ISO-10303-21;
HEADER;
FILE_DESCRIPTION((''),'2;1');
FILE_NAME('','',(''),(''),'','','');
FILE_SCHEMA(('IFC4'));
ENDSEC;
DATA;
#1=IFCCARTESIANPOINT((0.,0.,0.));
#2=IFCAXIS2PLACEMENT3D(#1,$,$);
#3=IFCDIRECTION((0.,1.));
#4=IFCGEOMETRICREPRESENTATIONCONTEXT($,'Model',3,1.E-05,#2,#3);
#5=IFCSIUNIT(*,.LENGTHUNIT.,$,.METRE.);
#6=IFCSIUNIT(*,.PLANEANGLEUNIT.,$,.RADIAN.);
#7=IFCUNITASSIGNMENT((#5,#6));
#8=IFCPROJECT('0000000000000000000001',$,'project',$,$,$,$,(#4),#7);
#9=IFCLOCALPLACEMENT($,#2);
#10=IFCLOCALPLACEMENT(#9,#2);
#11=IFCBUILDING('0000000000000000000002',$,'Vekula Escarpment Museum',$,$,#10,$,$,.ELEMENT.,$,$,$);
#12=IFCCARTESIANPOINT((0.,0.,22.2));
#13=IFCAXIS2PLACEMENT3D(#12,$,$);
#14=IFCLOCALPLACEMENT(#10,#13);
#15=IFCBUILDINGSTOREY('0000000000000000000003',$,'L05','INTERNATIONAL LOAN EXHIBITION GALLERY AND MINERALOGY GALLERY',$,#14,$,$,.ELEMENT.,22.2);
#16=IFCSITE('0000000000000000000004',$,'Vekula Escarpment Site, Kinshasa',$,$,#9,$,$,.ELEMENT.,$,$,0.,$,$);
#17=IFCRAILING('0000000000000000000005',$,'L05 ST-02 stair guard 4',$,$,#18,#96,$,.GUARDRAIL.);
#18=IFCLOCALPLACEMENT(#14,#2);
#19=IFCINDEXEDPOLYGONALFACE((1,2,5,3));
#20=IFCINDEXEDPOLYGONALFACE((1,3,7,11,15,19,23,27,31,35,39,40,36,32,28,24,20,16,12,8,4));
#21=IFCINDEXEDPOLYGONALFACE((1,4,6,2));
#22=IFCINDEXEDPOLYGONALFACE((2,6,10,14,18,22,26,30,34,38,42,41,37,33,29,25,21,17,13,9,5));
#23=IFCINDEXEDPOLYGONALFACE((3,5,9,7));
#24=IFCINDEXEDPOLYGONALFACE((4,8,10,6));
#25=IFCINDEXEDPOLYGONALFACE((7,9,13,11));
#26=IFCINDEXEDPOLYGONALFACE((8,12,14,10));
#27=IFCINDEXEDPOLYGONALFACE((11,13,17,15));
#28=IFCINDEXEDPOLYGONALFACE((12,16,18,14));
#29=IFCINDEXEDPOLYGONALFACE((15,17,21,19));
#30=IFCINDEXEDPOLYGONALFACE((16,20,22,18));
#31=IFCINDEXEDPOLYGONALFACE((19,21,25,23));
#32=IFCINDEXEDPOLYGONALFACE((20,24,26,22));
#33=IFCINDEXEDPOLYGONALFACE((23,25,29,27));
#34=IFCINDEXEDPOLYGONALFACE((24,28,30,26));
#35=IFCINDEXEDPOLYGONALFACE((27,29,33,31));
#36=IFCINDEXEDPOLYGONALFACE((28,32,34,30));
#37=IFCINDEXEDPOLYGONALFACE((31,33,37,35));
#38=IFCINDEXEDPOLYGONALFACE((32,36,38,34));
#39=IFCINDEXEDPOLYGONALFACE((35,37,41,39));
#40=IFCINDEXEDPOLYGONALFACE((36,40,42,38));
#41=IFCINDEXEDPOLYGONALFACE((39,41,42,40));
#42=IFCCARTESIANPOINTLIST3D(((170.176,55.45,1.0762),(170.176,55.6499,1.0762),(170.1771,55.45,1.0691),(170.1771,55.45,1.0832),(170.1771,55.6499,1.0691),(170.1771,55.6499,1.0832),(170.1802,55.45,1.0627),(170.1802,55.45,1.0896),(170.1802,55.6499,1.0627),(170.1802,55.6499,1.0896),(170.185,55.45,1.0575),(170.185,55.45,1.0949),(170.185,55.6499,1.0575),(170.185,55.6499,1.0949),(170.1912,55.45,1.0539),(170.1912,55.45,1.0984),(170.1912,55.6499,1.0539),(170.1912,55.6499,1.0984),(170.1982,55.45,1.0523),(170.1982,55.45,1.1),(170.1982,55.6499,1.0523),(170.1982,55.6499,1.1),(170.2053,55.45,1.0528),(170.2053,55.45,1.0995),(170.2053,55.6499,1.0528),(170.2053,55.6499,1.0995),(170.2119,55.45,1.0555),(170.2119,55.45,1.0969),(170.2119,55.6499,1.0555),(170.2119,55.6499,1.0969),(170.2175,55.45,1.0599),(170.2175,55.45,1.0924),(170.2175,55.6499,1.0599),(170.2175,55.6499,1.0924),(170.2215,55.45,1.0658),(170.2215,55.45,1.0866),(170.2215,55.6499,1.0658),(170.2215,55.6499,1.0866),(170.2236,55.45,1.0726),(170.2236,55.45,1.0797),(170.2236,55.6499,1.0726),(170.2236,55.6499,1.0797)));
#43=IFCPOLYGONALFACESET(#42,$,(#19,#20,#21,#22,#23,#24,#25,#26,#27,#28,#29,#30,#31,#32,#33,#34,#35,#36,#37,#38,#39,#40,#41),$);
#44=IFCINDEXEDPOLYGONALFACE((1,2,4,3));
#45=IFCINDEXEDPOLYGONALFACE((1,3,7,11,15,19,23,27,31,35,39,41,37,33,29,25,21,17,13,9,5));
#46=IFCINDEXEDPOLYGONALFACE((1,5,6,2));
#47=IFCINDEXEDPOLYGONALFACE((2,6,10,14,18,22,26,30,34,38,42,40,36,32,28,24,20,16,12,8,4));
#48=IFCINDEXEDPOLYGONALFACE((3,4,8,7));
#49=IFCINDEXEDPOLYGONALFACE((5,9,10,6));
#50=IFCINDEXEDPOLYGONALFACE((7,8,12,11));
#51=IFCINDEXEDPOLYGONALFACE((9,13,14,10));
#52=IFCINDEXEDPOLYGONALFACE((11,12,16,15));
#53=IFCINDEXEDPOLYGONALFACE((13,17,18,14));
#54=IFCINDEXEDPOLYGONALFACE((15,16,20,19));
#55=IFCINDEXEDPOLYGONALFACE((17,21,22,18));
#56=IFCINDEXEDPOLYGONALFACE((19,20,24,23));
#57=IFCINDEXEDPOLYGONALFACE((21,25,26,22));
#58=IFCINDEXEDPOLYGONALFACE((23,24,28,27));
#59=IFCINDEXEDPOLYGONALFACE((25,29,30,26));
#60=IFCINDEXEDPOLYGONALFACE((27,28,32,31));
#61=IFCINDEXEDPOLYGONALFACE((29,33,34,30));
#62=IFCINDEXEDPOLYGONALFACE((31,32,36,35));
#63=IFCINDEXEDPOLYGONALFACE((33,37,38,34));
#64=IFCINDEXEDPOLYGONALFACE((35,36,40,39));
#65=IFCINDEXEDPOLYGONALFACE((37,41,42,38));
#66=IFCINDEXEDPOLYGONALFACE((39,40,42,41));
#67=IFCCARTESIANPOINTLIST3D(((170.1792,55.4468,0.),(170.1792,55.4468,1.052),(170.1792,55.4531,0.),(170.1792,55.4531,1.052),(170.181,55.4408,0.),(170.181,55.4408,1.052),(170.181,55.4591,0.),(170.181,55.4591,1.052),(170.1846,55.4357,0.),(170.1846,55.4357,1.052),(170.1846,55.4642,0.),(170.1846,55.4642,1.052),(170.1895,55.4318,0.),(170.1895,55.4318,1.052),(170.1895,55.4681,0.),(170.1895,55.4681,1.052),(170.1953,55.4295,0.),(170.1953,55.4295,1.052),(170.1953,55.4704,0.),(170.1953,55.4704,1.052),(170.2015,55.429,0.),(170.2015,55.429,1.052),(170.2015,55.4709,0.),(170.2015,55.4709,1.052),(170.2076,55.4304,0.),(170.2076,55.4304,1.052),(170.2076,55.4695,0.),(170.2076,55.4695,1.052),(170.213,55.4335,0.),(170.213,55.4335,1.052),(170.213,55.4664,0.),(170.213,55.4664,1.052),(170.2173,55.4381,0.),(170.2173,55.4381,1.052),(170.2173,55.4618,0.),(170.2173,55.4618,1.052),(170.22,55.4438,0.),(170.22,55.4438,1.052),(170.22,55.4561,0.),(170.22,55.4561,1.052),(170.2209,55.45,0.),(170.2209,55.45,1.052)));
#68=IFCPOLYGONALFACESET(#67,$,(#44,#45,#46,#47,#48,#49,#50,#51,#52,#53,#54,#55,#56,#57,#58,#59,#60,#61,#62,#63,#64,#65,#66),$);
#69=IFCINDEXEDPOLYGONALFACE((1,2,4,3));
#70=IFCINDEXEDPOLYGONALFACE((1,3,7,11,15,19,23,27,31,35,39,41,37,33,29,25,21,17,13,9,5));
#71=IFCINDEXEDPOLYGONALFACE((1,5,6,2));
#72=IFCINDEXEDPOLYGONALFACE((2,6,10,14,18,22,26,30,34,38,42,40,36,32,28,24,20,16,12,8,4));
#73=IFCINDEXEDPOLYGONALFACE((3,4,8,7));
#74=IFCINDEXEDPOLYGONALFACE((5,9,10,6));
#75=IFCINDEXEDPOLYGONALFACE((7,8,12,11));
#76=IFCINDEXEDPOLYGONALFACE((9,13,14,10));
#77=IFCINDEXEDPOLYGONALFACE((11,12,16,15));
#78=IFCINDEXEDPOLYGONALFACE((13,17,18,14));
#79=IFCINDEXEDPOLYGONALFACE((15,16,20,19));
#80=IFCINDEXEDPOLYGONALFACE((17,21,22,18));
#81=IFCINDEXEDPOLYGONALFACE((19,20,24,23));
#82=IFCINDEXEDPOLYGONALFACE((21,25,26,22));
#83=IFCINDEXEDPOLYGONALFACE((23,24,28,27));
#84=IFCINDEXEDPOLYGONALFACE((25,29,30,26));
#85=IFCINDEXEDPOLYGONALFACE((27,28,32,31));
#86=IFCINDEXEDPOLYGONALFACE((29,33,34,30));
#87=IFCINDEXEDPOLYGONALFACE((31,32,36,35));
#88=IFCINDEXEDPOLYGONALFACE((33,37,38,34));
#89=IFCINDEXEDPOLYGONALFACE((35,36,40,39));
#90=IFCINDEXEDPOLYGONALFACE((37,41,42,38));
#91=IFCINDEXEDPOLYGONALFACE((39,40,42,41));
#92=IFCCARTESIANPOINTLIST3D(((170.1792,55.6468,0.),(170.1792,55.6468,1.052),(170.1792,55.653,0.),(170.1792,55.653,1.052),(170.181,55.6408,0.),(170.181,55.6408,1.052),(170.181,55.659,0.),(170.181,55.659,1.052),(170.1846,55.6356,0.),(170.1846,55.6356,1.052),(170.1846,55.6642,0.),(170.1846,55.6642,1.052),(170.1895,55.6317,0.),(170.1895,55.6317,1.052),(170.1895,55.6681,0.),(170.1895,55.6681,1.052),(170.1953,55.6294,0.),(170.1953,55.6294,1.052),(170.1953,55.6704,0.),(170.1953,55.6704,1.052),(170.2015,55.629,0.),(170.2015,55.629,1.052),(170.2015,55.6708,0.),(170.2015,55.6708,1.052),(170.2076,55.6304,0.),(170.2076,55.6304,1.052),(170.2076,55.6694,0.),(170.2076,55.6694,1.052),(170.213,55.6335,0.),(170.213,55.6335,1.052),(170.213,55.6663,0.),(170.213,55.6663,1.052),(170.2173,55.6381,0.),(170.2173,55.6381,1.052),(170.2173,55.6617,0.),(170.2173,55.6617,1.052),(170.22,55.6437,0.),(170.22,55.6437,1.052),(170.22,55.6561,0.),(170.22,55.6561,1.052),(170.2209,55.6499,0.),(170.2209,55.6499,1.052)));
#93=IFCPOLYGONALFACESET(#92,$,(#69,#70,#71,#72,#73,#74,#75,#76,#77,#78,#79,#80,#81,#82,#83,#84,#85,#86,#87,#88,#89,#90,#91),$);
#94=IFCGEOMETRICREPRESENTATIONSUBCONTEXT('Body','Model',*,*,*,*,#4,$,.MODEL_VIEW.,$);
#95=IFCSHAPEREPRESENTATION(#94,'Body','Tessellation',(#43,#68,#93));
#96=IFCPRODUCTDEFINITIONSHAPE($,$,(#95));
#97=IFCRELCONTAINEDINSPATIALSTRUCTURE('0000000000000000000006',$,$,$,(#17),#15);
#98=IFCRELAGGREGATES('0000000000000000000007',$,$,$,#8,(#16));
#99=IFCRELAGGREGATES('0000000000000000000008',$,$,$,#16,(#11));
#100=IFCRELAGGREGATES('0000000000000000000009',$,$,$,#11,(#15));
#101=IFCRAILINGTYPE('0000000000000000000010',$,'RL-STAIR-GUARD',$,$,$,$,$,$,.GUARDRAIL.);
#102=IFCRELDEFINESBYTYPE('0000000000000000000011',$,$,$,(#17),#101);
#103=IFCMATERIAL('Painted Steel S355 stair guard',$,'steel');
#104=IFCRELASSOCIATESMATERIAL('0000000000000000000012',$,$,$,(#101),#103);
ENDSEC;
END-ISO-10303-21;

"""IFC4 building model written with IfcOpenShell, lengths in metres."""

from ifc_helpers import new_model, si_unit, direction, frame, origin, origin_2d, place, context, subcontext, project, spatial, circle, extrude, material, type_object, element, save


model = new_model("IFC4")

# Units and contexts
model_context = context("Model", 3, precision=1e-05, world=origin(), true_north=direction((0.0, 1.0)))
body_context = subcontext(model_context, "Body", "Model", "MODEL_VIEW")
ifc_project = project(units=[si_unit("LENGTHUNIT", "METRE"), si_unit("PLANEANGLEUNIT", "RADIAN")], contexts=[model_context])

# Site, building, storey
site_placement = place(None, origin())
site = spatial("IfcSite", under=ifc_project, at=site_placement, Name="Vekula Escarpment Site, Kinshasa", CompositionType="ELEMENT", RefElevation=0.0)
building_placement = place(site_placement, origin())
building = spatial("IfcBuilding", under=site, at=building_placement, Name="Vekula Escarpment Museum", CompositionType="ELEMENT")
storey_placement = place(building_placement, frame((0.0, 0.0, 22.2)))
storey = spatial("IfcBuildingStorey", under=building, at=storey_placement, Name="L05", Description="INTERNATIONAL LOAN EXHIBITION GALLERY AND MINERALOGY GALLERY", CompositionType="ELEMENT", Elevation=22.2)

# Railing
ifc_material_1 = material(Name="Painted Steel S355 stair guard", Category="steel")
railing_type_1 = type_object("IfcRailingType", Name="RL-STAIR-GUARD", PredefinedType="GUARDRAIL", material=ifc_material_1)
railing_1_placement = place(storey_placement, frame((170.2, 55.45, 0.0)))
element("IfcRailing", 1, at=railing_1_placement, inside=storey, type_object=railing_type_1, Name="L05 ST-02 stair guard 4", PredefinedType="GUARDRAIL", context=body_context, shape_type="SweptSolid", body=[
    extrude(circle(Radius=0.0239, at=origin_2d()), frame((0.0, 0.0, 1.0762), z_axis=(0.0, 1.0, 0.0), x_axis=(-1.0, 0.0, 0.0)), (0.0, 0.0, 1.0), 0.2),
    extrude(circle(Radius=0.021, at=origin_2d()), origin(), (0.0, 0.0, 1.0), 1.052),
    extrude(circle(Radius=0.021, at=origin_2d()), frame((0.0, 0.2, 0.0)), (0.0, 0.0, 1.0), 1.052),
])

save(model, "model.ifc")
